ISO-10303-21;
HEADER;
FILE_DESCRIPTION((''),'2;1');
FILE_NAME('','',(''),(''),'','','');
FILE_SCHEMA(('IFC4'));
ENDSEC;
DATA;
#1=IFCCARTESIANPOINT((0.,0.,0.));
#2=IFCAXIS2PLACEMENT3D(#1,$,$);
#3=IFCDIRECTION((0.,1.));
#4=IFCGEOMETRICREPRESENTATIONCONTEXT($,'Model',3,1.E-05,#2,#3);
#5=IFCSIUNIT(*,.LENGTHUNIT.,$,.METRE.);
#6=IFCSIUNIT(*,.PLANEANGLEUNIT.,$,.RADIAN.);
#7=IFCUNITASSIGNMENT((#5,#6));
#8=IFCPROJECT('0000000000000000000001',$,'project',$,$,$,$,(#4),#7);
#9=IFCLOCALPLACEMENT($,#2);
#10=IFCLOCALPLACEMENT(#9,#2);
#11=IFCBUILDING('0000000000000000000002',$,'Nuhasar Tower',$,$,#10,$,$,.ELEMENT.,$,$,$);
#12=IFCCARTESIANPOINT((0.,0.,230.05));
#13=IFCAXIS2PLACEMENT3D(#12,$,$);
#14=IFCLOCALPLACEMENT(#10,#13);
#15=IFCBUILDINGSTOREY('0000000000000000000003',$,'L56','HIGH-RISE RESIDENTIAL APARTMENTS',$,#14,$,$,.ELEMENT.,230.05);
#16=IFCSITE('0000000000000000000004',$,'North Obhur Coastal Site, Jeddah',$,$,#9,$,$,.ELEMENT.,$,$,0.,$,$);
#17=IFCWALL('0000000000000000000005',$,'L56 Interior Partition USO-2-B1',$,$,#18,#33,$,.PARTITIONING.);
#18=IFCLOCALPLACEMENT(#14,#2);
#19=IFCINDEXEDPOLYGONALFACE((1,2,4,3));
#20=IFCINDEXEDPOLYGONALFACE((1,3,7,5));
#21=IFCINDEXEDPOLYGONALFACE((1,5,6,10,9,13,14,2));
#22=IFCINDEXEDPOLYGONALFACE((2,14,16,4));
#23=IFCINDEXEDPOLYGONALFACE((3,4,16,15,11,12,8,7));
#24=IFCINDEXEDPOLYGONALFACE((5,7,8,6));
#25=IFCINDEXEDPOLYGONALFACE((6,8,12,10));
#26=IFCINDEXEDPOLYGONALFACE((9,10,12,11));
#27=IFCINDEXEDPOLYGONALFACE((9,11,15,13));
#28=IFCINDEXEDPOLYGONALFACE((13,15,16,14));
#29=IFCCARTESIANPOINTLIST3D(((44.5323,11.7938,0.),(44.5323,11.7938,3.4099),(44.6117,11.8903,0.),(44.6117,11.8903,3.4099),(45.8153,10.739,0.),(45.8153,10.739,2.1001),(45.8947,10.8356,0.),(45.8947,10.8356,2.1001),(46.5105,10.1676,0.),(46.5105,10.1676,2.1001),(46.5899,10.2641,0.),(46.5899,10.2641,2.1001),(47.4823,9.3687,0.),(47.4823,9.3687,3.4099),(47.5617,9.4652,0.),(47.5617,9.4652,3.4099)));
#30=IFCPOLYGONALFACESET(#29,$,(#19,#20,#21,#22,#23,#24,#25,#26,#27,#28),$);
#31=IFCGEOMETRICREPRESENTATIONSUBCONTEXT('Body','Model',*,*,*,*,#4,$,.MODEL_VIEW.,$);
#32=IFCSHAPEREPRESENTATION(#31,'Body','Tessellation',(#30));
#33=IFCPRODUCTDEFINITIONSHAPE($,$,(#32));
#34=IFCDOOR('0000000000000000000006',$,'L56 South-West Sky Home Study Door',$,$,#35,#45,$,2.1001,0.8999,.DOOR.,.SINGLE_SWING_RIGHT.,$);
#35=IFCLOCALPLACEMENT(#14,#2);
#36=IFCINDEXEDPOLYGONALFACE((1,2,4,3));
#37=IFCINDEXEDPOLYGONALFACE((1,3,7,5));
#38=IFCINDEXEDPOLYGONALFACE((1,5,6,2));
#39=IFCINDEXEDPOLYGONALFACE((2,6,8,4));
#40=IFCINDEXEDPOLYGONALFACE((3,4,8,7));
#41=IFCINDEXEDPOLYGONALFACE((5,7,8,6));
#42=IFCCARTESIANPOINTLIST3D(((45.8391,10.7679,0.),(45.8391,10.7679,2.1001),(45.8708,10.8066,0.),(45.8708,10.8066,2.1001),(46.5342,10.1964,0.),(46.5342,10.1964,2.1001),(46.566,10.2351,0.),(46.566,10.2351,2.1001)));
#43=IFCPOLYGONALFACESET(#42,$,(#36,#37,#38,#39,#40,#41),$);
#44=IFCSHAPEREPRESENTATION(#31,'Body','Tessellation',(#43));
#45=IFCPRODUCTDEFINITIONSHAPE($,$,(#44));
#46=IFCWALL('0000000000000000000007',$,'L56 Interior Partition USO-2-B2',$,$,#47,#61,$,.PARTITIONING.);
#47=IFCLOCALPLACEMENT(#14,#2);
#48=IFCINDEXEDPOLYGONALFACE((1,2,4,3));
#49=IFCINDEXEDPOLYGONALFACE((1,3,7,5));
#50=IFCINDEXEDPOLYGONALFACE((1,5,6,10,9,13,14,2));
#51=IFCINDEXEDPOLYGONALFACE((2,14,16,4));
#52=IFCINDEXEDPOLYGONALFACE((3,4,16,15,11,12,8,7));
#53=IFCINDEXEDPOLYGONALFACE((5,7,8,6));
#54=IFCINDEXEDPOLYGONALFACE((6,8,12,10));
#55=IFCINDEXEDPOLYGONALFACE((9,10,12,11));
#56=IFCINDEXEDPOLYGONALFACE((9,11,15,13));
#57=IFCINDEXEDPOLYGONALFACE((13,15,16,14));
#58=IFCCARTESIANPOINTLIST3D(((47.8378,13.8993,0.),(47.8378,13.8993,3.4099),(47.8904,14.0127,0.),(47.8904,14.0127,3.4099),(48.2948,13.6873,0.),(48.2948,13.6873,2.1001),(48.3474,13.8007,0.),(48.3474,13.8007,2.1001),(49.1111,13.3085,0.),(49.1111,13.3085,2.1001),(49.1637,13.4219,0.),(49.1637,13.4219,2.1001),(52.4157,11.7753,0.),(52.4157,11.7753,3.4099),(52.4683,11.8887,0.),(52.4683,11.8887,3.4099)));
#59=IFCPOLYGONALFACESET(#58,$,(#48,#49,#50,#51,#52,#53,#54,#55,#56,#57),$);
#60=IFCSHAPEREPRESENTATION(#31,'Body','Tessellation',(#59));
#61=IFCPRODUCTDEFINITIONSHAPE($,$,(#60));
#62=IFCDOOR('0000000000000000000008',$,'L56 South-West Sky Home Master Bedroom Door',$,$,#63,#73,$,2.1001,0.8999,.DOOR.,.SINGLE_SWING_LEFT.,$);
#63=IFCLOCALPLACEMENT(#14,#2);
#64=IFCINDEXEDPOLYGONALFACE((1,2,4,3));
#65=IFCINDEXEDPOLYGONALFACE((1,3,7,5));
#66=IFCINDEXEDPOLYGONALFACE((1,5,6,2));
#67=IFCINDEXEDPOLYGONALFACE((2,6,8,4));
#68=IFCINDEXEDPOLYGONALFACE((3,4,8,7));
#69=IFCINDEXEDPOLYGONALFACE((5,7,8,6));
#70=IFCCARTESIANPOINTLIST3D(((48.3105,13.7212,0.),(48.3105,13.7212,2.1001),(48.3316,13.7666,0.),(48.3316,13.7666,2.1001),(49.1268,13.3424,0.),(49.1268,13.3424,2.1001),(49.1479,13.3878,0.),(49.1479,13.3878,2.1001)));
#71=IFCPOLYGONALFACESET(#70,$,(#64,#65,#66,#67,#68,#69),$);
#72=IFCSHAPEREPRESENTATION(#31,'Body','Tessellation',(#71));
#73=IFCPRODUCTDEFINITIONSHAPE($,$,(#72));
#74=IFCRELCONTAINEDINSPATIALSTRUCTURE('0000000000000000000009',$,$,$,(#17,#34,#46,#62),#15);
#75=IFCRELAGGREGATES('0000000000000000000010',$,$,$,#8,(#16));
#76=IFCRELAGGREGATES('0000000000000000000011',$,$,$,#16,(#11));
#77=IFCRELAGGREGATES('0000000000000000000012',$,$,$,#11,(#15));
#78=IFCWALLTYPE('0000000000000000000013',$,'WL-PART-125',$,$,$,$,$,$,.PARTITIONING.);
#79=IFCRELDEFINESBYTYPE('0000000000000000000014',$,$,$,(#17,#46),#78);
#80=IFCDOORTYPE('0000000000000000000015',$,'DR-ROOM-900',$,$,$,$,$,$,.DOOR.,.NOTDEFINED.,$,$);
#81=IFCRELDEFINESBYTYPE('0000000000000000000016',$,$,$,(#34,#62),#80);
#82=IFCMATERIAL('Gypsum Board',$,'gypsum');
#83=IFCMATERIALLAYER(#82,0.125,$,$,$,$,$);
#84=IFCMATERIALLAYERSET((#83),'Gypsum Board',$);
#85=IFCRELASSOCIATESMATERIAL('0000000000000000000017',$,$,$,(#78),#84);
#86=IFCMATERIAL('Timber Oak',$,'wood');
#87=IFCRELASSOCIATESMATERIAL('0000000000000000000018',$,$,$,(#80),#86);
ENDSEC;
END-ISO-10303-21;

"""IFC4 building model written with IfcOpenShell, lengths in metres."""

from ifc_helpers import new_model, si_unit, direction, frame, frame_2d, origin, place, context, subcontext, project, spatial, rectangle, extrude, material, layer, layer_set, type_object, element, fill, save


model = new_model("IFC4")

# Units and contexts
model_context = context("Model", 3, precision=1e-05, world=origin(), true_north=direction((0.0, 1.0)))
body_context = subcontext(model_context, "Body", "Model", "MODEL_VIEW")
ifc_project = project(units=[si_unit("LENGTHUNIT", "METRE"), si_unit("PLANEANGLEUNIT", "RADIAN")], contexts=[model_context])

# Site, building, storey
site_placement = place(None, origin())
site = spatial("IfcSite", under=ifc_project, at=site_placement, Name="North Obhur Coastal Site, Jeddah", CompositionType="ELEMENT", RefElevation=0.0)
building_placement = place(site_placement, origin())
building = spatial("IfcBuilding", under=site, at=building_placement, Name="Nuhasar Tower", CompositionType="ELEMENT")
storey_placement = place(building_placement, frame((0.0, 0.0, 230.05)))
storey = spatial("IfcBuildingStorey", under=building, at=storey_placement, Name="L56", Description="HIGH-RISE RESIDENTIAL APARTMENTS", CompositionType="ELEMENT", Elevation=230.05)

# Shared definitions
ifc_material_1 = material(Name="Gypsum Board", Category="gypsum")

# Shared definitions
ifc_layer_1 = layer(ifc_material_1, 0.125)
ifc_layer_set_1 = layer_set([ifc_layer_1], Name="Gypsum Board")
wall_type_1 = type_object("IfcWallType", Name="WL-PART-125", PredefinedType="PARTITIONING", material=ifc_layer_set_1)
ifc_material_2 = material(Name="Timber Oak", Category="wood")
door_type_1 = type_object("IfcDoorType", Name="DR-ROOM-900", OperationType="NOTDEFINED", PredefinedType="DOOR", material=ifc_material_2)

# Walls, openings, doors
wall_1_placement = place(storey_placement, frame((44.572, 11.842, 0.0), z_axis=(0.0, 0.0, 1.0), x_axis=(0.772485, -0.635032, 0.0)))
wall_1 = element("IfcWall", 1, at=wall_1_placement, inside=storey, type_object=wall_type_1, Name="L56 Interior Partition USO-2-B1", PredefinedType="PARTITIONING", context=body_context, shape_type="SweptSolid", body=[
    extrude(rectangle(XDim=3.8188, YDim=0.125, at=frame_2d((1.9094, 0.0))), origin(), (0.0, 0.0, 1.0), 3.4099),
])
opening_1_placement = place(wall_1_placement, frame((1.6609, 0.0, 0.0)))
opening_1 = element("IfcOpeningElement", 2, at=opening_1_placement, cuts=wall_1, PredefinedType="OPENING", context=body_context, shape_type="SweptSolid", body=[
    extrude(rectangle(XDim=0.8999, YDim=2.1001, at=frame_2d((0.45, 1.05))), frame((0.0, 0.0725, 0.0), z_axis=(0.0, -1.0, 0.0), x_axis=(1.0, 0.0, 0.0)), (0.0, 0.0, 1.0), 0.145),
])
door_1_placement = place(opening_1_placement, origin())
door_1 = element("IfcDoor", 3, at=door_1_placement, inside=storey, type_object=door_type_1, Name="L56 South-West Sky Home Study Door", OperationType="SINGLE_SWING_RIGHT", OverallHeight=2.1001, OverallWidth=0.8999, PredefinedType="DOOR", context=body_context, shape_type="SweptSolid", body=[
    extrude(rectangle(XDim=0.8999, YDim=2.1001, at=frame_2d((0.45, 1.05))), frame((0.0, 0.0249, 0.0), z_axis=(0.0, -1.0, 0.0), x_axis=(1.0, 0.0, 0.0)), (0.0, 0.0, 1.0), 0.05),
])
fill(opening_1, door_1)
wall_2_placement = place(storey_placement, frame((47.864, 13.9561, 0.0), z_axis=(0.0, 0.0, 1.0), x_axis=(0.907117, -0.42088, 0.0)))
wall_2 = element("IfcWall", 4, at=wall_2_placement, inside=storey, type_object=wall_type_1, Name="L56 Interior Partition USO-2-B2", PredefinedType="PARTITIONING", context=body_context, shape_type="SweptSolid", body=[
    extrude(rectangle(XDim=5.0466, YDim=0.125, at=frame_2d((2.5234, 0.0))), origin(), (0.0, 0.0, 1.0), 3.4099),
])
opening_2_placement = place(wall_2_placement, frame((0.5039, 0.0, 0.0)))
opening_2 = element("IfcOpeningElement", 5, at=opening_2_placement, cuts=wall_2, PredefinedType="OPENING", context=body_context, shape_type="SweptSolid", body=[
    extrude(rectangle(XDim=0.8999, YDim=2.1001, at=frame_2d((0.45, 1.05))), frame((0.0, 0.0725, 0.0), z_axis=(0.0, -1.0, 0.0), x_axis=(1.0, 0.0, 0.0)), (0.0, 0.0, 1.0), 0.145),
])
door_2_placement = place(opening_2_placement, origin())
door_2 = element("IfcDoor", 6, at=door_2_placement, inside=storey, type_object=door_type_1, Name="L56 South-West Sky Home Master Bedroom Door", OperationType="SINGLE_SWING_LEFT", OverallHeight=2.1001, OverallWidth=0.8999, PredefinedType="DOOR", context=body_context, shape_type="SweptSolid", body=[
    extrude(rectangle(XDim=0.8999, YDim=2.1001, at=frame_2d((0.45, 1.05))), frame((0.0, 0.0249, 0.0), z_axis=(0.0, -1.0, 0.0), x_axis=(1.0, 0.0, 0.0)), (0.0, 0.0, 1.0), 0.05),
])
fill(opening_2, door_2)

save(model, "model.ifc")
